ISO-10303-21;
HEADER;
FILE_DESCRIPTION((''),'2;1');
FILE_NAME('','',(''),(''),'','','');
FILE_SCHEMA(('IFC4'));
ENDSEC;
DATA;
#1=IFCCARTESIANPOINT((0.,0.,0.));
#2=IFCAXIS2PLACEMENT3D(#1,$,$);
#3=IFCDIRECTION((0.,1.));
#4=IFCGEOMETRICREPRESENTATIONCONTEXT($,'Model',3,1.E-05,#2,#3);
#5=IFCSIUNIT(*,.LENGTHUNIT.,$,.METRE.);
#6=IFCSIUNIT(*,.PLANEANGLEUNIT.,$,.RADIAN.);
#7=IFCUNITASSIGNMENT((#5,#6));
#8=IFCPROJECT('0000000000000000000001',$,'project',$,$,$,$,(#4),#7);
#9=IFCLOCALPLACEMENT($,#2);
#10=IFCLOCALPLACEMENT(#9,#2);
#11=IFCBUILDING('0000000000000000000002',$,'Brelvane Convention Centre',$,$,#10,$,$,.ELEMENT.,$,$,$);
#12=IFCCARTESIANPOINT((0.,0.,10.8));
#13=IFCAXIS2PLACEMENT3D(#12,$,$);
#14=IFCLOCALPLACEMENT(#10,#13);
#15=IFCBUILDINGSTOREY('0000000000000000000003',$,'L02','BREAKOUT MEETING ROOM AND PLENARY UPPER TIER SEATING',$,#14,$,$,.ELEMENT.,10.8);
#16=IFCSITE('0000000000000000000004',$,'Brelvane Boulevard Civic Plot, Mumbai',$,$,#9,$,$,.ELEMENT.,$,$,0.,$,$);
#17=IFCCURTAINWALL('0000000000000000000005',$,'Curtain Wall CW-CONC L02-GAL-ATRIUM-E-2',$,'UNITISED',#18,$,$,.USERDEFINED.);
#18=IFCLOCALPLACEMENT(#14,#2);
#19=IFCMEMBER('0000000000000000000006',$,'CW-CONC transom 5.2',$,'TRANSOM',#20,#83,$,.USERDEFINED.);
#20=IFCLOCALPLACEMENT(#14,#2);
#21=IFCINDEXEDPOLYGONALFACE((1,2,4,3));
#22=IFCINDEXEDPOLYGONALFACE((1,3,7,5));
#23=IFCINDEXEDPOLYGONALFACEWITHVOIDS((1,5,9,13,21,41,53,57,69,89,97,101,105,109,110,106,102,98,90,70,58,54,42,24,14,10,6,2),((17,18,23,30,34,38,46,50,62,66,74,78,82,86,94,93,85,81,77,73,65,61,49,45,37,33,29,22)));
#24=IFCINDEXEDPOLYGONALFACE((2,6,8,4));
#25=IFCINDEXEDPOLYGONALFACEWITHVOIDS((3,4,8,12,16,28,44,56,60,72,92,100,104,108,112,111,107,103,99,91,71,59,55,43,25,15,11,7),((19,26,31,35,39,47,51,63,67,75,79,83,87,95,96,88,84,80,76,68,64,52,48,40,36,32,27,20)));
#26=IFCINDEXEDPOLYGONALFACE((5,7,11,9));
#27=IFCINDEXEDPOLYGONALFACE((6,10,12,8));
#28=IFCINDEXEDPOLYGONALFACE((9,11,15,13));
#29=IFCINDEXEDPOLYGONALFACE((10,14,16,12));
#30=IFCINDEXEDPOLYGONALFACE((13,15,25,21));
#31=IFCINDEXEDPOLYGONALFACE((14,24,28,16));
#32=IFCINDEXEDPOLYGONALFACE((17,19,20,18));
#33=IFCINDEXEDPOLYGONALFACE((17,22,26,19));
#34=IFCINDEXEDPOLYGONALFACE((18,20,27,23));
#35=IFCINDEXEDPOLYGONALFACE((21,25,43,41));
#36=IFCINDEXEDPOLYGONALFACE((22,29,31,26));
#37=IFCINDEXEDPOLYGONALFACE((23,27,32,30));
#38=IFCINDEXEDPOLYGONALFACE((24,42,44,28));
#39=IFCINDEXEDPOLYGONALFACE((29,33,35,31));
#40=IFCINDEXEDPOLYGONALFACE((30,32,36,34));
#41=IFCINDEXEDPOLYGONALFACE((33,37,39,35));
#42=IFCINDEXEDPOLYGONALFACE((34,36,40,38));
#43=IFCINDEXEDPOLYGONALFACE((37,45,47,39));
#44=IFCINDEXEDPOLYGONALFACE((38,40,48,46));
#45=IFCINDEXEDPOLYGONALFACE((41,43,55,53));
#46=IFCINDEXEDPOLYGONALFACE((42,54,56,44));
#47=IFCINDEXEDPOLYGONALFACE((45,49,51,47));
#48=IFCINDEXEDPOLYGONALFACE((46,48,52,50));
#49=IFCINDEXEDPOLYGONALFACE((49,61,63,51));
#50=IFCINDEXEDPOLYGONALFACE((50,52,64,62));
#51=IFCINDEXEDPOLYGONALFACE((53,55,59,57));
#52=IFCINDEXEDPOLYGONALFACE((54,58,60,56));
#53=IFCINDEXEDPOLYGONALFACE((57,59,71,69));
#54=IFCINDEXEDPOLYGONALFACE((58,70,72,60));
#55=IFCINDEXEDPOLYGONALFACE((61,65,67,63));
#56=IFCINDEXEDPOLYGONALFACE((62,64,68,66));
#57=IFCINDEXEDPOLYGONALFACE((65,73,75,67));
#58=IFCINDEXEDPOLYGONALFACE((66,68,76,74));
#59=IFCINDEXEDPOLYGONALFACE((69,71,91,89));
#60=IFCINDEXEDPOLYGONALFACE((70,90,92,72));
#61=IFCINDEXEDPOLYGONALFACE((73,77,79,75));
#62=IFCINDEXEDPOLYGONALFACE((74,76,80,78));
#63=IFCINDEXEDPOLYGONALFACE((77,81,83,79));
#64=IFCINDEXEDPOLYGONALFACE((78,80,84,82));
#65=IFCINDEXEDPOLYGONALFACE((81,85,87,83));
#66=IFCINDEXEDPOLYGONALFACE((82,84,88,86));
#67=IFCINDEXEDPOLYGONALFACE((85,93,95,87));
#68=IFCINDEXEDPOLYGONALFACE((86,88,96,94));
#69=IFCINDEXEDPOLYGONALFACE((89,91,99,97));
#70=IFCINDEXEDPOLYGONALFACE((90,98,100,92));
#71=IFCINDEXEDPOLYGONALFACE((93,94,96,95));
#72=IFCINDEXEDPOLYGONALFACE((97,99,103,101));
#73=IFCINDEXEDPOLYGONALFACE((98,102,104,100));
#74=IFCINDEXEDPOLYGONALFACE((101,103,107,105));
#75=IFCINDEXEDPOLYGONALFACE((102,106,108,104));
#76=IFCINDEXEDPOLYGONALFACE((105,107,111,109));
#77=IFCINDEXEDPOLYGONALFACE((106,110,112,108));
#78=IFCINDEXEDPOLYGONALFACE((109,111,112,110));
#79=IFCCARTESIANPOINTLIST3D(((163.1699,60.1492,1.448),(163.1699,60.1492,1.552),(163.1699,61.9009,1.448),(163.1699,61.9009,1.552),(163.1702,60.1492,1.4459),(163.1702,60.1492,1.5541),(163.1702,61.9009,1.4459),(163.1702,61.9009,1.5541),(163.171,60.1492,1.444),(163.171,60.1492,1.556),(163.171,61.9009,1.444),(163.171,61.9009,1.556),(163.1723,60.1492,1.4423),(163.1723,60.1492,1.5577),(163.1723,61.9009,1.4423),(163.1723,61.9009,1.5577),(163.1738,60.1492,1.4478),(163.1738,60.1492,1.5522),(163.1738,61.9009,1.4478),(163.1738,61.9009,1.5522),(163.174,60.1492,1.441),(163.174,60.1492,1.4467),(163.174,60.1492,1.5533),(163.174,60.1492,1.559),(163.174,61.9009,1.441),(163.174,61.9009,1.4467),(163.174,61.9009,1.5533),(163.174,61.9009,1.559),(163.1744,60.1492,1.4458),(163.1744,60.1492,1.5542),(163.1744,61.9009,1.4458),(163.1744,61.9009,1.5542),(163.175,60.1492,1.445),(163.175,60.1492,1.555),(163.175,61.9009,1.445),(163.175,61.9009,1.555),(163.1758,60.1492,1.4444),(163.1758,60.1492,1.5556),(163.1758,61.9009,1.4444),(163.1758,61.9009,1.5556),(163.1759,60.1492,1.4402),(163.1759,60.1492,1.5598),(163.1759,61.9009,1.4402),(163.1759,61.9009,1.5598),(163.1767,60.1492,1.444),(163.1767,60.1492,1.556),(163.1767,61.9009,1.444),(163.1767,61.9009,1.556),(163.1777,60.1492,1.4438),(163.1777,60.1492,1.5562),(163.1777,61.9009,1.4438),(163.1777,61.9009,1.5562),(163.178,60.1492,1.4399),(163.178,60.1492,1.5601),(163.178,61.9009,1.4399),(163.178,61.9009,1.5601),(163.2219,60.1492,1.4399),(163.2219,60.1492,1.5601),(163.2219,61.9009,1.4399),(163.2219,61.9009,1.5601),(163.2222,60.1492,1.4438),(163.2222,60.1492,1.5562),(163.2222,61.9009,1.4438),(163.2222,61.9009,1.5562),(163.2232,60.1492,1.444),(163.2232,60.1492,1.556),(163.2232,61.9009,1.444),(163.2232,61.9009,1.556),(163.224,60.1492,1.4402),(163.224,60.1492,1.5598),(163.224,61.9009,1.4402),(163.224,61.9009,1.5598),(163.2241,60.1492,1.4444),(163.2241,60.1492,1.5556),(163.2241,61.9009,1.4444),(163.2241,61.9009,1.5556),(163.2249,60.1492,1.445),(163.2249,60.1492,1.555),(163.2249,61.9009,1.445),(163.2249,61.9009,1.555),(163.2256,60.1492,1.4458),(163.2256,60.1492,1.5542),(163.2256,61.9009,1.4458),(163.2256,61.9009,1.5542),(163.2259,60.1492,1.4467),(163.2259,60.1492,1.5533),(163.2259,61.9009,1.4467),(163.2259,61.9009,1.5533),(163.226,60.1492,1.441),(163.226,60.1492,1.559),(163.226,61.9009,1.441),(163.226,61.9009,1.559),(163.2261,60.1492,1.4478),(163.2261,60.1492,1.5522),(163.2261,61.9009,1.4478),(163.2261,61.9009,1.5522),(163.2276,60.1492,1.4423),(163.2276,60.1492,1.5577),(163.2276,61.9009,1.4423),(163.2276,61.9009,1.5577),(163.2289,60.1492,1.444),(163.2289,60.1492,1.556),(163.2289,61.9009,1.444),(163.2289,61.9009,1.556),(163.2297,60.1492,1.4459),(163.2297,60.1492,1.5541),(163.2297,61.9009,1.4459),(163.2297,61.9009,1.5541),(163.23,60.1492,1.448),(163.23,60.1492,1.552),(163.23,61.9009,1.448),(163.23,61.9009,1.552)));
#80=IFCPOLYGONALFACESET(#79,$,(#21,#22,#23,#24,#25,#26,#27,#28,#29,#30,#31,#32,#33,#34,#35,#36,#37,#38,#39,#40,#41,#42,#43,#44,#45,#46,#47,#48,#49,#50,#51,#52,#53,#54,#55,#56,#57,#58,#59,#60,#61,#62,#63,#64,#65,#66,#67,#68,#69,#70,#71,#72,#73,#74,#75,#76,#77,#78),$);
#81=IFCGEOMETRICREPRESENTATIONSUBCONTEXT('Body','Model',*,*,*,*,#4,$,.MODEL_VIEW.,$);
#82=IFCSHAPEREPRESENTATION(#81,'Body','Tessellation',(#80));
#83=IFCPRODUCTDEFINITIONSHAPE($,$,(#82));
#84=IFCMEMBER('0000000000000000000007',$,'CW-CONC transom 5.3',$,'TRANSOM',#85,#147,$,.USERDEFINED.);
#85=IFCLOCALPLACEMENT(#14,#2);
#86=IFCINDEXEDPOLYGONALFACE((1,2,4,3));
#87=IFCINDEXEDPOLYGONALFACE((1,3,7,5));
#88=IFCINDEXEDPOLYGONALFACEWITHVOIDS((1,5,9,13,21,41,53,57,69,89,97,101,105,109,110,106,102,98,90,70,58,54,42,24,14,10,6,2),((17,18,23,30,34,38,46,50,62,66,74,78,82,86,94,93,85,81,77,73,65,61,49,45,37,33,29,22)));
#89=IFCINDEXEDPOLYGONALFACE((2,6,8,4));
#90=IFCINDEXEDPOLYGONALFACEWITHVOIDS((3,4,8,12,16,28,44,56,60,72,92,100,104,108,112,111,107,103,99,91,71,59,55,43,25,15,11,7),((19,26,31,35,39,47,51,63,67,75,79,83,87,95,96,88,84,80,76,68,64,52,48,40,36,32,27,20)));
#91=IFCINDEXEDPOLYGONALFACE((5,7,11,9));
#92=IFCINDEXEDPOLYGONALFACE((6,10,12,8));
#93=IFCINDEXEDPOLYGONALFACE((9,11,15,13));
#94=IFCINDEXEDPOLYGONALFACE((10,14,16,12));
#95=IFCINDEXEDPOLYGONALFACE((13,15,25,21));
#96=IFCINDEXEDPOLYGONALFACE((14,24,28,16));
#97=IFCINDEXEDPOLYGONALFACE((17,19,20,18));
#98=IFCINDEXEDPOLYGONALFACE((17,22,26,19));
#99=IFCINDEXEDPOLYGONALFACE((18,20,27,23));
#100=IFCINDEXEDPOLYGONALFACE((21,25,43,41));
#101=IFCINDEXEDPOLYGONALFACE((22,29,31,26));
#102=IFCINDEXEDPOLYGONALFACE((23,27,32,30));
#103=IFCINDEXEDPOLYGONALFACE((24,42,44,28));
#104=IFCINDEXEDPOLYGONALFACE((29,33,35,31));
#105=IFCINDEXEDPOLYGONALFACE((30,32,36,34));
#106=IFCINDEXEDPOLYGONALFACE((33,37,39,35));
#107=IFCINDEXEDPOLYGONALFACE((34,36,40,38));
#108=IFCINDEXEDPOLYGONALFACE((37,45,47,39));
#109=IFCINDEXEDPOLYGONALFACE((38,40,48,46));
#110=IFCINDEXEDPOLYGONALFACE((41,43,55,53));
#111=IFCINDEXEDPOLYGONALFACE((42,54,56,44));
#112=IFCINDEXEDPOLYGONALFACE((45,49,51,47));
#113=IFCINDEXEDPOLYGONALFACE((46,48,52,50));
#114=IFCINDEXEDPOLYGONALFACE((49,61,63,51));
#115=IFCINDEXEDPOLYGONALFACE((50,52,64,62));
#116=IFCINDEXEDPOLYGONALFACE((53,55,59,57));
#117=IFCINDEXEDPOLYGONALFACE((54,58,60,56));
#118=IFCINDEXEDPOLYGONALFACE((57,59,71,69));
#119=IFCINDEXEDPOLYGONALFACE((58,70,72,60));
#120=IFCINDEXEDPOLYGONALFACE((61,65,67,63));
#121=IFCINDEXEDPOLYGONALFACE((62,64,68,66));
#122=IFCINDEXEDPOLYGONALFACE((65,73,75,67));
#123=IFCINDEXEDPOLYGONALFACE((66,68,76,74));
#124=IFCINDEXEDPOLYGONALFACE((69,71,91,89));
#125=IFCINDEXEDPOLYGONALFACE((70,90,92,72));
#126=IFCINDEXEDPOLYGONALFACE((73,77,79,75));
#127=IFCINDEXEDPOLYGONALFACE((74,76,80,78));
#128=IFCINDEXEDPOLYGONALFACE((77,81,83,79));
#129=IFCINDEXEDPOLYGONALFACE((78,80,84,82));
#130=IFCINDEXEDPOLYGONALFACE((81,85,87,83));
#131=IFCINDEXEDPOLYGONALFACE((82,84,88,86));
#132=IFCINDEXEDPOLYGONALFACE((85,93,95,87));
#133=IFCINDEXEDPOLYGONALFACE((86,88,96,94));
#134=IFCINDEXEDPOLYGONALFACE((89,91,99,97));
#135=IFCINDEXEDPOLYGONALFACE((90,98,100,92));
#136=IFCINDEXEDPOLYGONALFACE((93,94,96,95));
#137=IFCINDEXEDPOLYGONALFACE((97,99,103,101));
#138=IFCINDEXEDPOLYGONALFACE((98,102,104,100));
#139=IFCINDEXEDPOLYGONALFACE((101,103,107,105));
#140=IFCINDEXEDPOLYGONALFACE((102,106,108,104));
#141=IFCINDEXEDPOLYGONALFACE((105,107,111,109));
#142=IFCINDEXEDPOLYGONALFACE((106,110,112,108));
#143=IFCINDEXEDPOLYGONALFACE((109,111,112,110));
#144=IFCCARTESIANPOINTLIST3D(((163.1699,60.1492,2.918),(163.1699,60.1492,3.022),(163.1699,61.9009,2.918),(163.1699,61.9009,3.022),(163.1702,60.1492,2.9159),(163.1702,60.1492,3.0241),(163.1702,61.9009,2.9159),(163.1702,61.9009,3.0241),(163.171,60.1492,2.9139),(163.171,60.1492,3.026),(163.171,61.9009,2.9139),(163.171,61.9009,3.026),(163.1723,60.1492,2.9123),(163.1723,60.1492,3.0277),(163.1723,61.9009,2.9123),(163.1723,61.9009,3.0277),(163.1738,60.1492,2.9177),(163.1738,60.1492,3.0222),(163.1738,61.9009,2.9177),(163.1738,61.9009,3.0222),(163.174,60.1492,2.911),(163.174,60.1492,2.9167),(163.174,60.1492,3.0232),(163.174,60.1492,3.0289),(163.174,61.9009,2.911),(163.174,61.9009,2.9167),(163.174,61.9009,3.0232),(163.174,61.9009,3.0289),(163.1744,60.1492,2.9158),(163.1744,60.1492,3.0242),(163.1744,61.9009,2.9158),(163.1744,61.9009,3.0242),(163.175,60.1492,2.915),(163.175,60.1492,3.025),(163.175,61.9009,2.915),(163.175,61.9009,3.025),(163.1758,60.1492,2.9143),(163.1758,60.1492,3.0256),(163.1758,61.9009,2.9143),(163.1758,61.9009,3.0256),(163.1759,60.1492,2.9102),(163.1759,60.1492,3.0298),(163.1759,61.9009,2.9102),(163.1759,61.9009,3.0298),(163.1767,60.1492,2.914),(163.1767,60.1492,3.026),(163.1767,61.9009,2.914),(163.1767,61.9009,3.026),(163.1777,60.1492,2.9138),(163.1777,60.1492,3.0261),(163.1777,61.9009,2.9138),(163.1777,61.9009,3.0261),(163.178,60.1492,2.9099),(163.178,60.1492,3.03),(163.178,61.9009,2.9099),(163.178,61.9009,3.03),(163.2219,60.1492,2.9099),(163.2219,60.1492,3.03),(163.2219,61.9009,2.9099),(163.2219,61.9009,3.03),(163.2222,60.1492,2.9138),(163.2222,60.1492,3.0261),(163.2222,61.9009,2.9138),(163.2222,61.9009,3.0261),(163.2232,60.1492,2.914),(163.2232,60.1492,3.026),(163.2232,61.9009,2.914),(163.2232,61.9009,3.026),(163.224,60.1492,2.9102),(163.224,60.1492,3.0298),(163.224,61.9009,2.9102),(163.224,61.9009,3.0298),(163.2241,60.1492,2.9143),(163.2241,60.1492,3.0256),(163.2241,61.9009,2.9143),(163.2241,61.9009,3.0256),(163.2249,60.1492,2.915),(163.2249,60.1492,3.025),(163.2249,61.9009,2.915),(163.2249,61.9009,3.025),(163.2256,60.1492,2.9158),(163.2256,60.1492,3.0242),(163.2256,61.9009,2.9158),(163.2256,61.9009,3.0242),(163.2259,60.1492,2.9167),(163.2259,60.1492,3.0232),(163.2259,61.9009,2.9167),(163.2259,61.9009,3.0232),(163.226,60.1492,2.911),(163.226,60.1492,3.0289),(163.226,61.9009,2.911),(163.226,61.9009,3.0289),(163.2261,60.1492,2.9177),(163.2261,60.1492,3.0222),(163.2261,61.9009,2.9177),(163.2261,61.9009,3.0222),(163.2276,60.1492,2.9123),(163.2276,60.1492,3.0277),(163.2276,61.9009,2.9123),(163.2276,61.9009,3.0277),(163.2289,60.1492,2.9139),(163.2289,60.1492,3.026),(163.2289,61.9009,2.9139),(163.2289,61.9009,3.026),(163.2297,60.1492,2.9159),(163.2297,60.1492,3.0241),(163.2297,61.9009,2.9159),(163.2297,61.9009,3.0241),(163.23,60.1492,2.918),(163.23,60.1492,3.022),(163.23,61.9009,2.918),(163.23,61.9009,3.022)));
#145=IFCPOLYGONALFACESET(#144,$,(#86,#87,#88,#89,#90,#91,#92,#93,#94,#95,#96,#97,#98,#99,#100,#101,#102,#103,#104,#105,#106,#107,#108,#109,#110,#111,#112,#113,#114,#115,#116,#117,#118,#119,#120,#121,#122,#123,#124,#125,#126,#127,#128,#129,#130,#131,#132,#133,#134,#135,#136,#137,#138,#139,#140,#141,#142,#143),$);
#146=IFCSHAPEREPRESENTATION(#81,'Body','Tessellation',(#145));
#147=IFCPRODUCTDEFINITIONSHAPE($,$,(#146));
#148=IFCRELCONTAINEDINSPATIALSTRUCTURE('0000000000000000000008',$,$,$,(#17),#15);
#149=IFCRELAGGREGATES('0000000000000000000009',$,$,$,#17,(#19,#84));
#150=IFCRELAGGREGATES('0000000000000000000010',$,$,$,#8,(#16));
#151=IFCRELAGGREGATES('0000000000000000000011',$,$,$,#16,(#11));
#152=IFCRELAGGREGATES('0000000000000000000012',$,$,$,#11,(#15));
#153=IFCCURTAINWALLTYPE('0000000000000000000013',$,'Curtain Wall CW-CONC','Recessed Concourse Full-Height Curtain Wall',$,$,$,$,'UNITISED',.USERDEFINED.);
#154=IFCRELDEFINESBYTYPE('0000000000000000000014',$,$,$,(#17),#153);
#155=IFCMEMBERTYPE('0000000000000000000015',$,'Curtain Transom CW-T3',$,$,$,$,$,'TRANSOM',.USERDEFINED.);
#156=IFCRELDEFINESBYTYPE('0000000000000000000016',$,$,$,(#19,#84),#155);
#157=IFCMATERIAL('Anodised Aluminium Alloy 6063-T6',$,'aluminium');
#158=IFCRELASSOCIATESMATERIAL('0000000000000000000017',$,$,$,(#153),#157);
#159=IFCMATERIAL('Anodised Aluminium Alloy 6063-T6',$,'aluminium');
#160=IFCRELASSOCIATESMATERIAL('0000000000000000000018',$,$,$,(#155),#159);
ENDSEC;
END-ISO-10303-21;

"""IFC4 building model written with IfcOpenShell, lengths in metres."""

from ifc_helpers import new_model, si_unit, direction, frame, origin, origin_2d, place, context, subcontext, project, spatial, hollow_rectangle, extrude, material, material_profile, profile_set, type_object, element, aggregate, save


model = new_model("IFC4")

# Units and contexts
model_context = context("Model", 3, precision=1e-05, world=origin(), true_north=direction((0.0, 1.0)))
body_context = subcontext(model_context, "Body", "Model", "MODEL_VIEW")
ifc_project = project(units=[si_unit("LENGTHUNIT", "METRE"), si_unit("PLANEANGLEUNIT", "RADIAN")], contexts=[model_context])

# Site, building, storey
site_placement = place(None, origin())
site = spatial("IfcSite", under=ifc_project, at=site_placement, Name="Brelvane Boulevard Civic Plot, Mumbai", CompositionType="ELEMENT", RefElevation=0.0)
building_placement = place(site_placement, origin())
building = spatial("IfcBuilding", under=site, at=building_placement, Name="Brelvane Convention Centre", CompositionType="ELEMENT")
storey_placement = place(building_placement, frame((0.0, 0.0, 10.8)))
storey = spatial("IfcBuildingStorey", under=building, at=storey_placement, Name="L02", Description="BREAKOUT MEETING ROOM AND PLENARY UPPER TIER SEATING", CompositionType="ELEMENT", Elevation=10.8)

# Curtain wall, members
ifc_material_1 = material(Name="Anodised Aluminium Alloy 6063-T6", Category="aluminium")
curtain_wall_type = type_object("IfcCurtainWallType", Name="Curtain Wall CW-CONC", Description="Recessed Concourse Full-Height Curtain Wall", ElementType="UNITISED", PredefinedType="USERDEFINED", material=ifc_material_1)
curtain_wall_placement = place(storey_placement, origin())
curtain_wall = element("IfcCurtainWall", 1, at=curtain_wall_placement, inside=storey, type_object=curtain_wall_type, Name="Curtain Wall CW-CONC L02-GAL-ATRIUM-E-2", ObjectType="UNITISED", PredefinedType="USERDEFINED")
ifc_material_2 = material(Name="Anodised Aluminium Alloy 6063-T6", Category="aluminium")
ifc_material_profile_1 = material_profile(ifc_material_2, hollow_rectangle(XDim=0.0601, YDim=0.1201, WallThickness=0.0039, InnerFilletRadius=0.0039, OuterFilletRadius=0.0081, at=origin_2d()), Name="ALU-T 120x60x4.0")
ifc_profile_set_1 = profile_set([ifc_material_profile_1], Name="Anodised Aluminium Alloy 6063-T6")
member_type_1 = type_object("IfcMemberType", Name="Curtain Transom CW-T3", ElementType="TRANSOM", PredefinedType="USERDEFINED", material=ifc_profile_set_1)
member_1_placement = place(storey_placement, frame((163.2, 60.1492, 1.5), z_axis=(0.0, 1.0, 0.0), x_axis=(-1.0, 0.0, 0.0)))
member_1 = element("IfcMember", 2, at=member_1_placement, type_object=member_type_1, Name="CW-CONC transom 5.2", ObjectType="TRANSOM", PredefinedType="USERDEFINED", context=body_context, shape_type="SweptSolid", body=[
    extrude(hollow_rectangle(XDim=0.0601, YDim=0.1201, WallThickness=0.0039, InnerFilletRadius=0.0039, OuterFilletRadius=0.0081, at=origin_2d()), origin(), (0.0, 0.0, 1.0), 1.7517),
])
member_2_placement = place(storey_placement, frame((163.2, 60.1492, 2.97), z_axis=(0.0, 1.0, 0.0), x_axis=(-1.0, 0.0, 0.0)))
member_2 = element("IfcMember", 3, at=member_2_placement, type_object=member_type_1, Name="CW-CONC transom 5.3", ObjectType="TRANSOM", PredefinedType="USERDEFINED", context=body_context, shape_type="SweptSolid", body=[
    extrude(hollow_rectangle(XDim=0.0601, YDim=0.1201, WallThickness=0.0039, InnerFilletRadius=0.0039, OuterFilletRadius=0.0081, at=origin_2d()), origin(), (0.0, 0.0, 1.0), 1.7517),
])

aggregate(curtain_wall, [member_1, member_2])

save(model, "model.ifc")
